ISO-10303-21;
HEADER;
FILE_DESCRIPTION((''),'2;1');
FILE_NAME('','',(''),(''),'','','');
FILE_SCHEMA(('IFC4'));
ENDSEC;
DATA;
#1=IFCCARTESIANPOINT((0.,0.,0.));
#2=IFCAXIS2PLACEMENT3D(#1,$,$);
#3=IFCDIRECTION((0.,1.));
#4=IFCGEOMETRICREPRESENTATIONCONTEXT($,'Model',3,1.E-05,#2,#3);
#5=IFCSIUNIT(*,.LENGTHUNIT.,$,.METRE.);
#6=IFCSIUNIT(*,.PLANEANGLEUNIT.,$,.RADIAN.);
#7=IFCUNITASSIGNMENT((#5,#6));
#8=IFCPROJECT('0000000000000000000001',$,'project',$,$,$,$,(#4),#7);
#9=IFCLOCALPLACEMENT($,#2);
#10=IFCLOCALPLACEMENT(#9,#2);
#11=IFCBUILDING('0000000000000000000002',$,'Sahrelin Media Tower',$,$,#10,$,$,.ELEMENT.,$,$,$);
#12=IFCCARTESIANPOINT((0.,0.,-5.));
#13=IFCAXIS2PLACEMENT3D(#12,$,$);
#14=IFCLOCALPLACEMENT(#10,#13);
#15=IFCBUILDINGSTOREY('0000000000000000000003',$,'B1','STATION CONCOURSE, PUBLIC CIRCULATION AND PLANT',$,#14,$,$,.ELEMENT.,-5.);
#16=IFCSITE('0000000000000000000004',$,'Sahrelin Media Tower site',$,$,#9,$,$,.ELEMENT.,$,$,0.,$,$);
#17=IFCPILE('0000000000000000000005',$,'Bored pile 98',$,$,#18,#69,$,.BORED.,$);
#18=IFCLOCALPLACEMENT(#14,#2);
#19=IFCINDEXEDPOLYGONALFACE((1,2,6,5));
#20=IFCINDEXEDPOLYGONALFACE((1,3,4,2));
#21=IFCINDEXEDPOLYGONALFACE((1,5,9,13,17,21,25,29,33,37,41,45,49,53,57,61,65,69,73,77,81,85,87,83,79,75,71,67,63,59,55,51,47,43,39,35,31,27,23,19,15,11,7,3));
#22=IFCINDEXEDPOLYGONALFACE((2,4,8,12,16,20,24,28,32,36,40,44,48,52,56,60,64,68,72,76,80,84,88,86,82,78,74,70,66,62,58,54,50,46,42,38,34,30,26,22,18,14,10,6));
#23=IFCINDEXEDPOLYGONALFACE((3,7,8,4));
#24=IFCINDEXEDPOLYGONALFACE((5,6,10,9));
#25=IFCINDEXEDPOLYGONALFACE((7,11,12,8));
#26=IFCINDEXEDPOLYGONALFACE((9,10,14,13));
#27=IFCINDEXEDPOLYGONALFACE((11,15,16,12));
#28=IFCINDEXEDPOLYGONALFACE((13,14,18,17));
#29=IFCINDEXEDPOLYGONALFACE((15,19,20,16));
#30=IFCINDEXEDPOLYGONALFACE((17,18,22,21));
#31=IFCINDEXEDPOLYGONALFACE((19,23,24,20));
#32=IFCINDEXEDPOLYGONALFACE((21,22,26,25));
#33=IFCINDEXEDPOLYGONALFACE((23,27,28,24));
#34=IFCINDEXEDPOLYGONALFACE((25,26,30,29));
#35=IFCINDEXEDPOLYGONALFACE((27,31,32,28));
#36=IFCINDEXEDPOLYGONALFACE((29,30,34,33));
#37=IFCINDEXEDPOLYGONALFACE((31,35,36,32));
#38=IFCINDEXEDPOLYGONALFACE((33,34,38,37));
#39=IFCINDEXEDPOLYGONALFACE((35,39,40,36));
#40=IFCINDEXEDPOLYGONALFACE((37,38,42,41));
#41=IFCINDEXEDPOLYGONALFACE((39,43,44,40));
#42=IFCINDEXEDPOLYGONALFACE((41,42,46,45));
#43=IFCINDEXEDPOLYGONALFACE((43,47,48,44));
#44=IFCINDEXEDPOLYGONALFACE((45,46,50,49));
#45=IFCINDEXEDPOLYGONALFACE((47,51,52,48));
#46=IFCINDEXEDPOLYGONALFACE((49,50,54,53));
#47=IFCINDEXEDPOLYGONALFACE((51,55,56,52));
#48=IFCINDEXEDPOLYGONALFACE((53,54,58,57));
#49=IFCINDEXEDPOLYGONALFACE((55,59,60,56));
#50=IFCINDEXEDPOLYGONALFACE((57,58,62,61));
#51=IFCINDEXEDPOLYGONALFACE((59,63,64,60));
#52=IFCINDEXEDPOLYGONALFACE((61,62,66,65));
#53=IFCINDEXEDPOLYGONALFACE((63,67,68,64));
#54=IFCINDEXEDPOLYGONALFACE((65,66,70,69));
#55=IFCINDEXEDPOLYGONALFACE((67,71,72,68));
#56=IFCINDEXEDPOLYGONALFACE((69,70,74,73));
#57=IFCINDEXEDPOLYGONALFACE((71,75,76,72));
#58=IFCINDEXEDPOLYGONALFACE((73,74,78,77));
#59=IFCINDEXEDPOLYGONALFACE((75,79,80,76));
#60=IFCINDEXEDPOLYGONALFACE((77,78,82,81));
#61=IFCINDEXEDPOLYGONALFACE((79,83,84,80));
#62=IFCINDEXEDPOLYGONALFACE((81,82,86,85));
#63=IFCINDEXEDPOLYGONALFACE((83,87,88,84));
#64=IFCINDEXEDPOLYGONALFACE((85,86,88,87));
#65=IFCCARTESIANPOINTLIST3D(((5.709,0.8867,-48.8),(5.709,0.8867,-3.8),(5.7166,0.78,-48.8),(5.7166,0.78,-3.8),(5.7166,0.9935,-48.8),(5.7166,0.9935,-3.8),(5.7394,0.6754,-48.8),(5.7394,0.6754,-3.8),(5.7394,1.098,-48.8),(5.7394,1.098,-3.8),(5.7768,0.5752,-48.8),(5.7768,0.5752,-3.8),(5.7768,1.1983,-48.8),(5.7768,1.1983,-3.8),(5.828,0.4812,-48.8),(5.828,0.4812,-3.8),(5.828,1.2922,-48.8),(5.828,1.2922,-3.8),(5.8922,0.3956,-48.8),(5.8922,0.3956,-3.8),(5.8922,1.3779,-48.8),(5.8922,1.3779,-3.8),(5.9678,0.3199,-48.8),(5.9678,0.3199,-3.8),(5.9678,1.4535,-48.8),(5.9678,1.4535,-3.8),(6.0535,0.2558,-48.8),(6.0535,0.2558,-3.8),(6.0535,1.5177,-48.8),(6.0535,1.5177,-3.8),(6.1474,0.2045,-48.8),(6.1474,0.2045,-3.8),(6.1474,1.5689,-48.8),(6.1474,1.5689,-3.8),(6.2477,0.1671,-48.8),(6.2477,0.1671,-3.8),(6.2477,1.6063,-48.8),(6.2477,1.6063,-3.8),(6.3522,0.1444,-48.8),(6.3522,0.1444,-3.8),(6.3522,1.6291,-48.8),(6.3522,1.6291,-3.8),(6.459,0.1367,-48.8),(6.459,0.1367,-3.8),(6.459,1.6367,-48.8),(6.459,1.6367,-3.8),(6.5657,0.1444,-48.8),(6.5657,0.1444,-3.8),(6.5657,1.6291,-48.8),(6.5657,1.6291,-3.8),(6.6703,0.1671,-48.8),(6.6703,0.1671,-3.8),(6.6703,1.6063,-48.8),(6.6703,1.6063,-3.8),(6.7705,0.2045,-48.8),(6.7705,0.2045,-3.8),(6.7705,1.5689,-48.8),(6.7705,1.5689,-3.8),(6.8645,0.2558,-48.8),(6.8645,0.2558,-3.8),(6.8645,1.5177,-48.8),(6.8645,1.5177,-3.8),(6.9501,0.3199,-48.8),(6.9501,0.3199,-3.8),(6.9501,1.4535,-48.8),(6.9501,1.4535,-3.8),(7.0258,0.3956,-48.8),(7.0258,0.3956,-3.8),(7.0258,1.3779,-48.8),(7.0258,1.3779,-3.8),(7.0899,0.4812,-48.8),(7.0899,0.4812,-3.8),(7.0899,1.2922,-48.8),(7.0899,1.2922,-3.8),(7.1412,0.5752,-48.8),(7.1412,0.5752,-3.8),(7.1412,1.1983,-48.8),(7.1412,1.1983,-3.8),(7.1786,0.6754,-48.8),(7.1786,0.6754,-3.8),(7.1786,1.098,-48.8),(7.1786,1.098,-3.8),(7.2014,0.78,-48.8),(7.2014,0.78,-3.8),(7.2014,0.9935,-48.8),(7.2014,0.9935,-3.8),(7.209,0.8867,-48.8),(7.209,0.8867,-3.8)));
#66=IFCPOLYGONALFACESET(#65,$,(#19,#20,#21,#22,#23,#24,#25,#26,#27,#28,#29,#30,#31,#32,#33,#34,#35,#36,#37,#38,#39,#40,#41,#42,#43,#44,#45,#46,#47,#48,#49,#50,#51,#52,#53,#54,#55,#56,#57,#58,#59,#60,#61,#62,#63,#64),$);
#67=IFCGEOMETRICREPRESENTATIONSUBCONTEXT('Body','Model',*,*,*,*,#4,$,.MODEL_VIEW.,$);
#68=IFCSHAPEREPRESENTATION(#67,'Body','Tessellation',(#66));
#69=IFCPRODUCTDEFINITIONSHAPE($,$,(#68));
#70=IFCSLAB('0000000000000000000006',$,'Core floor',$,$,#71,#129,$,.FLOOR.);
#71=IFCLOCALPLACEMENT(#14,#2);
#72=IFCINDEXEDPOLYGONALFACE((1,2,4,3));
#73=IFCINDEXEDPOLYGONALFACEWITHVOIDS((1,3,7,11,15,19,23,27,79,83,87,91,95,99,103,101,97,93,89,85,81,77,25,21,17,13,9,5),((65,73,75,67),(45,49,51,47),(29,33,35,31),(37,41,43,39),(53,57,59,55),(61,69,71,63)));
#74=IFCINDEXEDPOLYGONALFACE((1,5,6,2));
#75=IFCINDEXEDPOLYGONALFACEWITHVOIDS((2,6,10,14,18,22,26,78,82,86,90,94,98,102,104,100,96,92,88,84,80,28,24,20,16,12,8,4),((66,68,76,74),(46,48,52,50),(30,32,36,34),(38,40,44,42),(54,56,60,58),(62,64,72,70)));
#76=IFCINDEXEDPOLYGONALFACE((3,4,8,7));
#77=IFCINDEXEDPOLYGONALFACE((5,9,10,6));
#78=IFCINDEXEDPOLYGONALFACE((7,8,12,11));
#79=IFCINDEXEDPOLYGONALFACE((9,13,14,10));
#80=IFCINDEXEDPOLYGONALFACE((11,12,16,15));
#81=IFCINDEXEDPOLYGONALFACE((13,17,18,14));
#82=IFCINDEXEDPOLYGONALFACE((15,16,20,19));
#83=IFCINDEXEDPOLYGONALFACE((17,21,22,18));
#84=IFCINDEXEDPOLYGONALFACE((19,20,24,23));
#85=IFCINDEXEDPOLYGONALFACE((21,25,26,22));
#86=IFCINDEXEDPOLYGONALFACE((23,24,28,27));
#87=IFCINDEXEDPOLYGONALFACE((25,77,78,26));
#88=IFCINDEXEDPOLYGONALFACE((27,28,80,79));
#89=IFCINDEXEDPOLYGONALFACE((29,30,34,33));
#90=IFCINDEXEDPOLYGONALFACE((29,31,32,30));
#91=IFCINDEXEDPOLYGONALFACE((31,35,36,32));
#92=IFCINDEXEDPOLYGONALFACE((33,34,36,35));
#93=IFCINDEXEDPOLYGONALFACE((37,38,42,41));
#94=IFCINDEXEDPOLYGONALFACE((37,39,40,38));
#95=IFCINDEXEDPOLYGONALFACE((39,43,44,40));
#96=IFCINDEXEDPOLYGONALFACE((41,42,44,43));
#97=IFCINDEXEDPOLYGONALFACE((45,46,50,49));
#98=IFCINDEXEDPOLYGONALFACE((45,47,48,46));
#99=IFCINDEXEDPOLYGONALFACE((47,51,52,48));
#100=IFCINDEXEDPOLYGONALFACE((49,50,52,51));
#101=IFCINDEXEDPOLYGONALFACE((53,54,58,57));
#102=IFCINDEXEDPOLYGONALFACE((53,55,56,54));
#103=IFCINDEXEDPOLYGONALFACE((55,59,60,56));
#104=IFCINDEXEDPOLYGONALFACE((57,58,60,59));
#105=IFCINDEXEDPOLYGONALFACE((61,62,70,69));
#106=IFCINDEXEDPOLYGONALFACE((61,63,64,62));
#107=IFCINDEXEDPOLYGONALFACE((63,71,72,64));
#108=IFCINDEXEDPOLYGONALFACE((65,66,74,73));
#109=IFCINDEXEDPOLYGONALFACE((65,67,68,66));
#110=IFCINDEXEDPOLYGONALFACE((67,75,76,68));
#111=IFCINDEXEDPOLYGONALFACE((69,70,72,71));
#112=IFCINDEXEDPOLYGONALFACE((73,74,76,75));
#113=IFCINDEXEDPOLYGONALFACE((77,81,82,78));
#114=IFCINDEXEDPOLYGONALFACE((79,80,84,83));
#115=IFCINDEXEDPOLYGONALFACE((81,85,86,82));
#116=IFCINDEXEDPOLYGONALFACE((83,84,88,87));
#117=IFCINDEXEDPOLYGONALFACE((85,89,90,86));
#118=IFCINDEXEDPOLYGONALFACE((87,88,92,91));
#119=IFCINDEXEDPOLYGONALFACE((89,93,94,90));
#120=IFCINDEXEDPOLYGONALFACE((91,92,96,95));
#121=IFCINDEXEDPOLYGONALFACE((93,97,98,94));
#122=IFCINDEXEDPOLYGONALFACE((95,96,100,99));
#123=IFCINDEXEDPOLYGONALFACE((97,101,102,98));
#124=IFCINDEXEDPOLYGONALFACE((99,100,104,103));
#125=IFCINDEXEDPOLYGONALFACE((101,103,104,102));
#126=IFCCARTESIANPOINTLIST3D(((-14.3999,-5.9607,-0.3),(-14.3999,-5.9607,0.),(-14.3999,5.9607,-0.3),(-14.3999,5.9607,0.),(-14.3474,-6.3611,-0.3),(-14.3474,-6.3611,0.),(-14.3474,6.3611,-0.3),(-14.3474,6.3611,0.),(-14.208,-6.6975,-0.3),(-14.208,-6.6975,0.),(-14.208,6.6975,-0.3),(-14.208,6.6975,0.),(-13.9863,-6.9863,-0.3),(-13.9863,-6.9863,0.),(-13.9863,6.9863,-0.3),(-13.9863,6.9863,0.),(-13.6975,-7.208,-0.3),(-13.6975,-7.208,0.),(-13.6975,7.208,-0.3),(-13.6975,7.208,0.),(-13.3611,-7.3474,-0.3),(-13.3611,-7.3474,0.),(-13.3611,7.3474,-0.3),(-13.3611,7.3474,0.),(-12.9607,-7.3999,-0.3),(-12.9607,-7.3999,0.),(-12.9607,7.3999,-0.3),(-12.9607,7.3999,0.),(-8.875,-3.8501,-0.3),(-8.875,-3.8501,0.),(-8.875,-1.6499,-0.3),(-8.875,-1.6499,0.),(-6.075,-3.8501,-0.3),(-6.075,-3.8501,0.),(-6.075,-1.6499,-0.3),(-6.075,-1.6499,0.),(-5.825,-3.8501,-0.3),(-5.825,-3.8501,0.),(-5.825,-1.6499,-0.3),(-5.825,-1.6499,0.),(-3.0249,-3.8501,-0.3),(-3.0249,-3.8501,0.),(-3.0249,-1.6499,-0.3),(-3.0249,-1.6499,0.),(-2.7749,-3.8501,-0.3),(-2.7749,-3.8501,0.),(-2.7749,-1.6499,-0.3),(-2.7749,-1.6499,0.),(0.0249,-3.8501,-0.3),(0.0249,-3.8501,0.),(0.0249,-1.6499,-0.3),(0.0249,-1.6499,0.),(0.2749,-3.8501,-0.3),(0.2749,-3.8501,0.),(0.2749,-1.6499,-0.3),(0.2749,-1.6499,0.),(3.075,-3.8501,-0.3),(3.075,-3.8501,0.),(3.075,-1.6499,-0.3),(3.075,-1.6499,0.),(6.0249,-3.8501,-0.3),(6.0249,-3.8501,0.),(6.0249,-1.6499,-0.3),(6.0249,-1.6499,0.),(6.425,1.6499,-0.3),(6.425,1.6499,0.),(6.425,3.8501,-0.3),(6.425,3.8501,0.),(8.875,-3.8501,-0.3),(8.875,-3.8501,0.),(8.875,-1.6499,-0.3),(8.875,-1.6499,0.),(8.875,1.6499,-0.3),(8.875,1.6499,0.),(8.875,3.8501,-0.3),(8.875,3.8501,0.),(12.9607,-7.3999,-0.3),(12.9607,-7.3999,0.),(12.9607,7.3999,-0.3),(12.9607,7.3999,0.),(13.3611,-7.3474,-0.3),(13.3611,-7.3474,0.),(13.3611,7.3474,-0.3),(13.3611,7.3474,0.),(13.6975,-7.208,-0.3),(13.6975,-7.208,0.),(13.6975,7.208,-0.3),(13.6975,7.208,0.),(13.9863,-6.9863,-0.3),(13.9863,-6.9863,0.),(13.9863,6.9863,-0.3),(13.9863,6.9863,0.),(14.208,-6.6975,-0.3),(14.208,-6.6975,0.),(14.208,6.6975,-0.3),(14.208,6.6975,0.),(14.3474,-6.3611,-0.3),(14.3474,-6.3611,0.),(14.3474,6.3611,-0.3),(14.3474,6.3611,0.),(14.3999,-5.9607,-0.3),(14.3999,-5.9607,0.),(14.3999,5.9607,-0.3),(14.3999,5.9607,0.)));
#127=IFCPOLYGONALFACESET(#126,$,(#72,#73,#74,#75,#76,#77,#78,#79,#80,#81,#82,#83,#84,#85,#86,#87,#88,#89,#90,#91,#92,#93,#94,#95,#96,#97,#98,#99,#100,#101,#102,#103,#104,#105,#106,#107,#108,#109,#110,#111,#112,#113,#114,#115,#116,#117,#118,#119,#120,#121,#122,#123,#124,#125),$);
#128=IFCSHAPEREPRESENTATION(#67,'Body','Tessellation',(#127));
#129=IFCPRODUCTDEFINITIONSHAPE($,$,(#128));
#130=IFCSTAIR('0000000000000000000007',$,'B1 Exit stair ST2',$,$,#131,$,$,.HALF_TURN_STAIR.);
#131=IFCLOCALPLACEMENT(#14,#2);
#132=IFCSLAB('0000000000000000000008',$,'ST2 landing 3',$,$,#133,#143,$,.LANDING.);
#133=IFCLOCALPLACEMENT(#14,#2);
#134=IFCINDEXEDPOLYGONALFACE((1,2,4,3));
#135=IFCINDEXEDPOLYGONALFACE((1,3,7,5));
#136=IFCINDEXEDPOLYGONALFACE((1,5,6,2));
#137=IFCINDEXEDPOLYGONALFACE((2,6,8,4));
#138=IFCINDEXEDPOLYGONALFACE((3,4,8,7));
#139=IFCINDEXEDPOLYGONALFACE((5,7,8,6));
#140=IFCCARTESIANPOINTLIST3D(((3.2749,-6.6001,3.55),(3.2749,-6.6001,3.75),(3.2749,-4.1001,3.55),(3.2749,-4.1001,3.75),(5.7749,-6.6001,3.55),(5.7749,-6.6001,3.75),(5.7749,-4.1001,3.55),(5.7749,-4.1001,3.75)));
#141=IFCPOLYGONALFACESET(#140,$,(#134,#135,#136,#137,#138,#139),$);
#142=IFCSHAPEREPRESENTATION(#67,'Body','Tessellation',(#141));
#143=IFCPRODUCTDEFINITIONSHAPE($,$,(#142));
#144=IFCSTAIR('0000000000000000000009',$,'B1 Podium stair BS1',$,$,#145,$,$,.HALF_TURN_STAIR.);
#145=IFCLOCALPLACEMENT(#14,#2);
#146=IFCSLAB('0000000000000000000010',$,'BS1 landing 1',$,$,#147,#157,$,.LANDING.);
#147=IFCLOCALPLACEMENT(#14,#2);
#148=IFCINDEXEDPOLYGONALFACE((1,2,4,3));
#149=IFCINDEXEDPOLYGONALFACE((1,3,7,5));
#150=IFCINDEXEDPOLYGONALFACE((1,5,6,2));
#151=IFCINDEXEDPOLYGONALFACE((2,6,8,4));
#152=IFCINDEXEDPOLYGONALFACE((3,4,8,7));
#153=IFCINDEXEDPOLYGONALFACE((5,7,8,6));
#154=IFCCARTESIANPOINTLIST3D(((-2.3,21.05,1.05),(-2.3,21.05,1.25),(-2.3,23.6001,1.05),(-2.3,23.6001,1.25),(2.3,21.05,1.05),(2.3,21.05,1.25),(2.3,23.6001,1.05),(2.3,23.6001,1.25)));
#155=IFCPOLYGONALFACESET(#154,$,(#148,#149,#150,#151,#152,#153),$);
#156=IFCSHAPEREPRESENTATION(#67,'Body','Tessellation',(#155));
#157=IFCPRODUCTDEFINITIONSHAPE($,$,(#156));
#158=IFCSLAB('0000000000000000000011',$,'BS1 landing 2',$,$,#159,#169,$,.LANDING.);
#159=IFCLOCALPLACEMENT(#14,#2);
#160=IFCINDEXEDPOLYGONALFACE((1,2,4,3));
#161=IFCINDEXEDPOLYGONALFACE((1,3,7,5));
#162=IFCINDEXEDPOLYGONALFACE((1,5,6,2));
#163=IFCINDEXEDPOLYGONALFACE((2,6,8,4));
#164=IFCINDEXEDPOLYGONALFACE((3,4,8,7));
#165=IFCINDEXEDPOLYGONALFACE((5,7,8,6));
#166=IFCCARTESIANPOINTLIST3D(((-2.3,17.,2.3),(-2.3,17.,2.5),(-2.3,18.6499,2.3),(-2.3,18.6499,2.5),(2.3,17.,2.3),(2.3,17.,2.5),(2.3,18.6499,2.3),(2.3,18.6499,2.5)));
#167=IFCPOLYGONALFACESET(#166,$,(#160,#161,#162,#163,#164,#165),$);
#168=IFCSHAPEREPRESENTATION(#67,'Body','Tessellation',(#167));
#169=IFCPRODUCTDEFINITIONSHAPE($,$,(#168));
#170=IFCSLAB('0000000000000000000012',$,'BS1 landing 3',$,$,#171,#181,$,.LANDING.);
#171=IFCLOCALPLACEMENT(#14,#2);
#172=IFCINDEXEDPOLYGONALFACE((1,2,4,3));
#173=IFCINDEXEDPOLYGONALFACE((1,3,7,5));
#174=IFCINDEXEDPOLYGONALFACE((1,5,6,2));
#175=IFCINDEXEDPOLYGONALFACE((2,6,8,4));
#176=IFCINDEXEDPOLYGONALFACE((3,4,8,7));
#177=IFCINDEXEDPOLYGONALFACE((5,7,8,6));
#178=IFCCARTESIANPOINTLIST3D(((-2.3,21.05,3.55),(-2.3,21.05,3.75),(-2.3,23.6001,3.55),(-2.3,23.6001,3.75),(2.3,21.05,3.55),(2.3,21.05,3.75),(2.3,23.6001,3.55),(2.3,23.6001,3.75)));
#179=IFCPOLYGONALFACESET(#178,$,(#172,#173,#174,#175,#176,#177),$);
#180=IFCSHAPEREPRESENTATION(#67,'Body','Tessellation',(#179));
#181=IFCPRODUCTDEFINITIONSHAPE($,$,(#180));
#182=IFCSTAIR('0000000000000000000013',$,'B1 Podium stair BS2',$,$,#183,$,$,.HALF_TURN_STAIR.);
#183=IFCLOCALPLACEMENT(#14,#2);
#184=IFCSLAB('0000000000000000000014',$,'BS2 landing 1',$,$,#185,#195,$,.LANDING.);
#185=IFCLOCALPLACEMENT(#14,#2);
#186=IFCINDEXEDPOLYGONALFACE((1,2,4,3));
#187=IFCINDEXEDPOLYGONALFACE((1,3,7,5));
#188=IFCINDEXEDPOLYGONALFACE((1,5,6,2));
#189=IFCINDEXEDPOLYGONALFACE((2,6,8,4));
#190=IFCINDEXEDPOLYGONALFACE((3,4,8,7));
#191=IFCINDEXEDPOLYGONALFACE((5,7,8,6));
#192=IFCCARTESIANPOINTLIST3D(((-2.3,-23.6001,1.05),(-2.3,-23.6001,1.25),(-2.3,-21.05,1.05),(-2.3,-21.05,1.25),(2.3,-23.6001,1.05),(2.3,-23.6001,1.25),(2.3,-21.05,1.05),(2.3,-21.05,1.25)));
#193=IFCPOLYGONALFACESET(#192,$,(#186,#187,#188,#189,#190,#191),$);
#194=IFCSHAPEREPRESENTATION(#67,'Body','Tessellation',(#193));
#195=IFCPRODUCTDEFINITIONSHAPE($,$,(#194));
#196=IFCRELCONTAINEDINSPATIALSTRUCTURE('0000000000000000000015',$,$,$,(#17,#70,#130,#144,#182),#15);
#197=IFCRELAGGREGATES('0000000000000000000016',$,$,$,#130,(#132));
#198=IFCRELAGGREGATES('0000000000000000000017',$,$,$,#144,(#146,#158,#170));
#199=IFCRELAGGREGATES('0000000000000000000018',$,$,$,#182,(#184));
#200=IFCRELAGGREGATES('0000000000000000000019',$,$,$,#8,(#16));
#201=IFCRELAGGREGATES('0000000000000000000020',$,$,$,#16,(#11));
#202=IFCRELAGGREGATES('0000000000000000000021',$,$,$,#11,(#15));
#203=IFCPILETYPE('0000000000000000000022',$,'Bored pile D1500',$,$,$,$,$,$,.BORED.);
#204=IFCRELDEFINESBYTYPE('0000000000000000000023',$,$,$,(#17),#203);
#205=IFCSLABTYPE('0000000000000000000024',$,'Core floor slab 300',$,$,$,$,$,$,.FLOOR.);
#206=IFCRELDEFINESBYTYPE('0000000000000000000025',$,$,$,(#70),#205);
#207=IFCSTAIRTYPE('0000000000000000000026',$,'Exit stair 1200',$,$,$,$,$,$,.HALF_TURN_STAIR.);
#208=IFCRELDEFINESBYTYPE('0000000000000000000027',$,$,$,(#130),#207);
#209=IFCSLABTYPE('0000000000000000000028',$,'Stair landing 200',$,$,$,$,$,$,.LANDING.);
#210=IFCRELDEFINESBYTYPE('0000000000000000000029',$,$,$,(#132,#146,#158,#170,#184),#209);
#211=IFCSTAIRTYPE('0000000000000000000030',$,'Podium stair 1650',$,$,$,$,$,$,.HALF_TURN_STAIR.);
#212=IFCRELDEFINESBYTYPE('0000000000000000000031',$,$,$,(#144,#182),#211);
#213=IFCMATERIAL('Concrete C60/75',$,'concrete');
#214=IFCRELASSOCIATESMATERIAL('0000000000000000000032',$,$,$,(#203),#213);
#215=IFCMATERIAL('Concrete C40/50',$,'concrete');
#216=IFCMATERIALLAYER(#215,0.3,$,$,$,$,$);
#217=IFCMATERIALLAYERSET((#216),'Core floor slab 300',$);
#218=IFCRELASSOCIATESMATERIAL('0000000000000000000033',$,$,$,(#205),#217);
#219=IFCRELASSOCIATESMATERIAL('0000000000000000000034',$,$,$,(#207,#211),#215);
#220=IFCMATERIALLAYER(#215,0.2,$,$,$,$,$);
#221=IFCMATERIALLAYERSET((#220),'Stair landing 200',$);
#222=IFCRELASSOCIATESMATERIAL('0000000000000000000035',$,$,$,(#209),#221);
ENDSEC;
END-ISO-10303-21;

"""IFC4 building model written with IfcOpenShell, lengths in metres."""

from ifc_helpers import new_model, si_unit, direction, frame, origin, origin_2d, place, context, subcontext, project, spatial, polyline, circle, outline, extrude, material, layer, layer_set, material_profile, profile_set, type_object, element, aggregate, save


model = new_model("IFC4")

# Units and contexts
model_context = context("Model", 3, precision=1e-05, world=origin(), true_north=direction((0.0, 1.0)))
body_context = subcontext(model_context, "Body", "Model", "MODEL_VIEW")
ifc_project = project(units=[si_unit("LENGTHUNIT", "METRE"), si_unit("PLANEANGLEUNIT", "RADIAN")], contexts=[model_context])

# Site, building, storey
site_placement = place(None, origin())
site = spatial("IfcSite", under=ifc_project, at=site_placement, Name="Sahrelin Media Tower site", CompositionType="ELEMENT", RefElevation=0.0)
building_placement = place(site_placement, origin())
building = spatial("IfcBuilding", under=site, at=building_placement, Name="Sahrelin Media Tower", CompositionType="ELEMENT")
storey_placement = place(building_placement, frame((0.0, 0.0, -5.0)))
storey = spatial("IfcBuildingStorey", under=building, at=storey_placement, Name="B1", Description="STATION CONCOURSE, PUBLIC CIRCULATION AND PLANT", CompositionType="ELEMENT", Elevation=-5.0)

# Pile
ifc_material_1 = material(Name="Concrete C60/75", Category="concrete")
ifc_material_profile = material_profile(ifc_material_1, circle(Radius=0.75, at=origin_2d()), Name="Bored pile D1500")
ifc_profile_set = profile_set([ifc_material_profile], Name="Concrete C60/75")
pile_type = type_object("IfcPileType", Name="Bored pile D1500", PredefinedType="BORED", material=ifc_profile_set)
pile_placement = place(storey_placement, frame((6.459, 0.8867, -3.8), z_axis=(0.0, 0.0, -1.0), x_axis=(1.0, 0.0, 0.0)))
element("IfcPile", 1, at=pile_placement, inside=storey, type_object=pile_type, Name="Bored pile 98", PredefinedType="BORED", context=body_context, shape_type="SweptSolid", body=[
    extrude(circle(Radius=0.75, at=origin_2d()), origin(), (0.0, 0.0, 1.0), 45.0),
])

# Slab
ifc_material_2 = material(Name="Concrete C40/50", Category="concrete")
ifc_layer_1 = layer(ifc_material_2, 0.3)
ifc_layer_set_1 = layer_set([ifc_layer_1], Name="Core floor slab 300")
slab_type_1 = type_object("IfcSlabType", Name="Core floor slab 300", PredefinedType="FLOOR", material=ifc_layer_set_1)
slab_1_placement = place(storey_placement, frame((0.0, 0.0, -0.3)))
element("IfcSlab", 2, at=slab_1_placement, inside=storey, type_object=slab_type_1, Name="Core floor", PredefinedType="FLOOR", context=body_context, shape_type="SweptSolid", body=[
    extrude(outline(polyline([(13.3611, -7.3474), (13.6975, -7.208), (13.9863, -6.9863), (14.208, -6.6975), (14.3474, -6.3611), (14.3999, -5.9607), (14.3999, 5.9607), (14.3474, 6.3611), (14.208, 6.6975), (13.9863, 6.9863), (13.6975, 7.208), (13.3611, 7.3474), (12.9607, 7.3999), (-12.9607, 7.3999), (-13.3611, 7.3474), (-13.6975, 7.208), (-13.9863, 6.9863), (-14.208, 6.6975), (-14.3474, 6.3611), (-14.3999, 5.9607), (-14.3999, -5.9607), (-14.3474, -6.3611), (-14.208, -6.6975), (-13.9863, -6.9863), (-13.6975, -7.208), (-13.3611, -7.3474), (-12.9607, -7.3999), (12.9607, -7.3999), (13.3611, -7.3474)]), holes=[polyline([(6.425, 3.8501), (6.425, 1.6499), (8.875, 1.6499), (8.875, 3.8501), (6.425, 3.8501)]), polyline([(-6.075, -1.6499), (-8.875, -1.6499), (-8.875, -3.8501), (-6.075, -3.8501), (-6.075, -1.6499)]), polyline([(-3.0249, -3.8501), (-3.0249, -1.6499), (-5.825, -1.6499), (-5.825, -3.8501), (-3.0249, -3.8501)]), polyline([(-2.7749, -3.8501), (0.0249, -3.8501), (0.0249, -1.6499), (-2.7749, -1.6499), (-2.7749, -3.8501)]), polyline([(0.2749, -1.6499), (0.2749, -3.8501), (3.075, -3.8501), (3.075, -1.6499), (0.2749, -1.6499)]), polyline([(8.875, -1.6499), (6.0249, -1.6499), (6.0249, -3.8501), (8.875, -3.8501), (8.875, -1.6499)])]), origin(), (0.0, 0.0, 1.0), 0.3),
])

# Stair, slab
stair_type_1 = type_object("IfcStairType", Name="Exit stair 1200", PredefinedType="HALF_TURN_STAIR", material=ifc_material_2)
placement_1 = place(storey_placement, origin())
stair_1 = element("IfcStair", 3, at=placement_1, inside=storey, type_object=stair_type_1, Name="B1 Exit stair ST2", PredefinedType="HALF_TURN_STAIR")
ifc_layer_2 = layer(ifc_material_2, 0.2)
ifc_layer_set_2 = layer_set([ifc_layer_2], Name="Stair landing 200")
slab_type_2 = type_object("IfcSlabType", Name="Stair landing 200", PredefinedType="LANDING", material=ifc_layer_set_2)
placement_2 = place(storey_placement, frame((0.0, 0.0, 3.55)))
slab_2 = element("IfcSlab", 4, at=placement_2, type_object=slab_type_2, Name="ST2 landing 3", PredefinedType="LANDING", context=body_context, shape_type="SweptSolid", body=[
    extrude(outline(polyline([(5.7749, -4.1001), (3.2749, -4.1001), (3.2749, -6.6001), (5.7749, -6.6001), (5.7749, -4.1001)])), origin(), (0.0, 0.0, 1.0), 0.2),
])
aggregate(stair_1, [slab_2])

# Stairs, slabs
stair_type_2 = type_object("IfcStairType", Name="Podium stair 1650", PredefinedType="HALF_TURN_STAIR", material=ifc_material_2)
stair_2 = element("IfcStair", 5, at=placement_1, inside=storey, type_object=stair_type_2, Name="B1 Podium stair BS1", PredefinedType="HALF_TURN_STAIR")
placement_3 = place(storey_placement, frame((0.0, 0.0, 1.05)))
slab_3 = element("IfcSlab", 6, at=placement_3, type_object=slab_type_2, Name="BS1 landing 1", PredefinedType="LANDING", context=body_context, shape_type="SweptSolid", body=[
    extrude(outline(polyline([(2.3, 21.05), (2.3, 23.6001), (-2.3, 23.6001), (-2.3, 21.05), (2.3, 21.05)])), origin(), (0.0, 0.0, 1.0), 0.2),
])
placement_4 = place(storey_placement, frame((0.0, 0.0, 2.3)))
slab_4 = element("IfcSlab", 7, at=placement_4, type_object=slab_type_2, Name="BS1 landing 2", PredefinedType="LANDING", context=body_context, shape_type="SweptSolid", body=[
    extrude(outline(polyline([(2.3, 17.0), (2.3, 18.6499), (-2.3, 18.6499), (-2.3, 17.0), (2.3, 17.0)])), origin(), (0.0, 0.0, 1.0), 0.2),
])
slab_5 = element("IfcSlab", 8, at=placement_2, type_object=slab_type_2, Name="BS1 landing 3", PredefinedType="LANDING", context=body_context, shape_type="SweptSolid", body=[
    extrude(outline(polyline([(2.3, 21.05), (2.3, 23.6001), (-2.3, 23.6001), (-2.3, 21.05), (2.3, 21.05)])), origin(), (0.0, 0.0, 1.0), 0.2),
])
aggregate(stair_2, [slab_3, slab_4, slab_5])
stair_3 = element("IfcStair", 9, at=placement_1, inside=storey, type_object=stair_type_2, Name="B1 Podium stair BS2", PredefinedType="HALF_TURN_STAIR")
slab_6 = element("IfcSlab", 10, at=placement_3, type_object=slab_type_2, Name="BS2 landing 1", PredefinedType="LANDING", context=body_context, shape_type="SweptSolid", body=[
    extrude(outline(polyline([(-2.3, -21.05), (-2.3, -23.6001), (2.3, -23.6001), (2.3, -21.05), (-2.3, -21.05)])), origin(), (0.0, 0.0, 1.0), 0.2),
])
aggregate(stair_3, [slab_6])

save(model, "model.ifc")
